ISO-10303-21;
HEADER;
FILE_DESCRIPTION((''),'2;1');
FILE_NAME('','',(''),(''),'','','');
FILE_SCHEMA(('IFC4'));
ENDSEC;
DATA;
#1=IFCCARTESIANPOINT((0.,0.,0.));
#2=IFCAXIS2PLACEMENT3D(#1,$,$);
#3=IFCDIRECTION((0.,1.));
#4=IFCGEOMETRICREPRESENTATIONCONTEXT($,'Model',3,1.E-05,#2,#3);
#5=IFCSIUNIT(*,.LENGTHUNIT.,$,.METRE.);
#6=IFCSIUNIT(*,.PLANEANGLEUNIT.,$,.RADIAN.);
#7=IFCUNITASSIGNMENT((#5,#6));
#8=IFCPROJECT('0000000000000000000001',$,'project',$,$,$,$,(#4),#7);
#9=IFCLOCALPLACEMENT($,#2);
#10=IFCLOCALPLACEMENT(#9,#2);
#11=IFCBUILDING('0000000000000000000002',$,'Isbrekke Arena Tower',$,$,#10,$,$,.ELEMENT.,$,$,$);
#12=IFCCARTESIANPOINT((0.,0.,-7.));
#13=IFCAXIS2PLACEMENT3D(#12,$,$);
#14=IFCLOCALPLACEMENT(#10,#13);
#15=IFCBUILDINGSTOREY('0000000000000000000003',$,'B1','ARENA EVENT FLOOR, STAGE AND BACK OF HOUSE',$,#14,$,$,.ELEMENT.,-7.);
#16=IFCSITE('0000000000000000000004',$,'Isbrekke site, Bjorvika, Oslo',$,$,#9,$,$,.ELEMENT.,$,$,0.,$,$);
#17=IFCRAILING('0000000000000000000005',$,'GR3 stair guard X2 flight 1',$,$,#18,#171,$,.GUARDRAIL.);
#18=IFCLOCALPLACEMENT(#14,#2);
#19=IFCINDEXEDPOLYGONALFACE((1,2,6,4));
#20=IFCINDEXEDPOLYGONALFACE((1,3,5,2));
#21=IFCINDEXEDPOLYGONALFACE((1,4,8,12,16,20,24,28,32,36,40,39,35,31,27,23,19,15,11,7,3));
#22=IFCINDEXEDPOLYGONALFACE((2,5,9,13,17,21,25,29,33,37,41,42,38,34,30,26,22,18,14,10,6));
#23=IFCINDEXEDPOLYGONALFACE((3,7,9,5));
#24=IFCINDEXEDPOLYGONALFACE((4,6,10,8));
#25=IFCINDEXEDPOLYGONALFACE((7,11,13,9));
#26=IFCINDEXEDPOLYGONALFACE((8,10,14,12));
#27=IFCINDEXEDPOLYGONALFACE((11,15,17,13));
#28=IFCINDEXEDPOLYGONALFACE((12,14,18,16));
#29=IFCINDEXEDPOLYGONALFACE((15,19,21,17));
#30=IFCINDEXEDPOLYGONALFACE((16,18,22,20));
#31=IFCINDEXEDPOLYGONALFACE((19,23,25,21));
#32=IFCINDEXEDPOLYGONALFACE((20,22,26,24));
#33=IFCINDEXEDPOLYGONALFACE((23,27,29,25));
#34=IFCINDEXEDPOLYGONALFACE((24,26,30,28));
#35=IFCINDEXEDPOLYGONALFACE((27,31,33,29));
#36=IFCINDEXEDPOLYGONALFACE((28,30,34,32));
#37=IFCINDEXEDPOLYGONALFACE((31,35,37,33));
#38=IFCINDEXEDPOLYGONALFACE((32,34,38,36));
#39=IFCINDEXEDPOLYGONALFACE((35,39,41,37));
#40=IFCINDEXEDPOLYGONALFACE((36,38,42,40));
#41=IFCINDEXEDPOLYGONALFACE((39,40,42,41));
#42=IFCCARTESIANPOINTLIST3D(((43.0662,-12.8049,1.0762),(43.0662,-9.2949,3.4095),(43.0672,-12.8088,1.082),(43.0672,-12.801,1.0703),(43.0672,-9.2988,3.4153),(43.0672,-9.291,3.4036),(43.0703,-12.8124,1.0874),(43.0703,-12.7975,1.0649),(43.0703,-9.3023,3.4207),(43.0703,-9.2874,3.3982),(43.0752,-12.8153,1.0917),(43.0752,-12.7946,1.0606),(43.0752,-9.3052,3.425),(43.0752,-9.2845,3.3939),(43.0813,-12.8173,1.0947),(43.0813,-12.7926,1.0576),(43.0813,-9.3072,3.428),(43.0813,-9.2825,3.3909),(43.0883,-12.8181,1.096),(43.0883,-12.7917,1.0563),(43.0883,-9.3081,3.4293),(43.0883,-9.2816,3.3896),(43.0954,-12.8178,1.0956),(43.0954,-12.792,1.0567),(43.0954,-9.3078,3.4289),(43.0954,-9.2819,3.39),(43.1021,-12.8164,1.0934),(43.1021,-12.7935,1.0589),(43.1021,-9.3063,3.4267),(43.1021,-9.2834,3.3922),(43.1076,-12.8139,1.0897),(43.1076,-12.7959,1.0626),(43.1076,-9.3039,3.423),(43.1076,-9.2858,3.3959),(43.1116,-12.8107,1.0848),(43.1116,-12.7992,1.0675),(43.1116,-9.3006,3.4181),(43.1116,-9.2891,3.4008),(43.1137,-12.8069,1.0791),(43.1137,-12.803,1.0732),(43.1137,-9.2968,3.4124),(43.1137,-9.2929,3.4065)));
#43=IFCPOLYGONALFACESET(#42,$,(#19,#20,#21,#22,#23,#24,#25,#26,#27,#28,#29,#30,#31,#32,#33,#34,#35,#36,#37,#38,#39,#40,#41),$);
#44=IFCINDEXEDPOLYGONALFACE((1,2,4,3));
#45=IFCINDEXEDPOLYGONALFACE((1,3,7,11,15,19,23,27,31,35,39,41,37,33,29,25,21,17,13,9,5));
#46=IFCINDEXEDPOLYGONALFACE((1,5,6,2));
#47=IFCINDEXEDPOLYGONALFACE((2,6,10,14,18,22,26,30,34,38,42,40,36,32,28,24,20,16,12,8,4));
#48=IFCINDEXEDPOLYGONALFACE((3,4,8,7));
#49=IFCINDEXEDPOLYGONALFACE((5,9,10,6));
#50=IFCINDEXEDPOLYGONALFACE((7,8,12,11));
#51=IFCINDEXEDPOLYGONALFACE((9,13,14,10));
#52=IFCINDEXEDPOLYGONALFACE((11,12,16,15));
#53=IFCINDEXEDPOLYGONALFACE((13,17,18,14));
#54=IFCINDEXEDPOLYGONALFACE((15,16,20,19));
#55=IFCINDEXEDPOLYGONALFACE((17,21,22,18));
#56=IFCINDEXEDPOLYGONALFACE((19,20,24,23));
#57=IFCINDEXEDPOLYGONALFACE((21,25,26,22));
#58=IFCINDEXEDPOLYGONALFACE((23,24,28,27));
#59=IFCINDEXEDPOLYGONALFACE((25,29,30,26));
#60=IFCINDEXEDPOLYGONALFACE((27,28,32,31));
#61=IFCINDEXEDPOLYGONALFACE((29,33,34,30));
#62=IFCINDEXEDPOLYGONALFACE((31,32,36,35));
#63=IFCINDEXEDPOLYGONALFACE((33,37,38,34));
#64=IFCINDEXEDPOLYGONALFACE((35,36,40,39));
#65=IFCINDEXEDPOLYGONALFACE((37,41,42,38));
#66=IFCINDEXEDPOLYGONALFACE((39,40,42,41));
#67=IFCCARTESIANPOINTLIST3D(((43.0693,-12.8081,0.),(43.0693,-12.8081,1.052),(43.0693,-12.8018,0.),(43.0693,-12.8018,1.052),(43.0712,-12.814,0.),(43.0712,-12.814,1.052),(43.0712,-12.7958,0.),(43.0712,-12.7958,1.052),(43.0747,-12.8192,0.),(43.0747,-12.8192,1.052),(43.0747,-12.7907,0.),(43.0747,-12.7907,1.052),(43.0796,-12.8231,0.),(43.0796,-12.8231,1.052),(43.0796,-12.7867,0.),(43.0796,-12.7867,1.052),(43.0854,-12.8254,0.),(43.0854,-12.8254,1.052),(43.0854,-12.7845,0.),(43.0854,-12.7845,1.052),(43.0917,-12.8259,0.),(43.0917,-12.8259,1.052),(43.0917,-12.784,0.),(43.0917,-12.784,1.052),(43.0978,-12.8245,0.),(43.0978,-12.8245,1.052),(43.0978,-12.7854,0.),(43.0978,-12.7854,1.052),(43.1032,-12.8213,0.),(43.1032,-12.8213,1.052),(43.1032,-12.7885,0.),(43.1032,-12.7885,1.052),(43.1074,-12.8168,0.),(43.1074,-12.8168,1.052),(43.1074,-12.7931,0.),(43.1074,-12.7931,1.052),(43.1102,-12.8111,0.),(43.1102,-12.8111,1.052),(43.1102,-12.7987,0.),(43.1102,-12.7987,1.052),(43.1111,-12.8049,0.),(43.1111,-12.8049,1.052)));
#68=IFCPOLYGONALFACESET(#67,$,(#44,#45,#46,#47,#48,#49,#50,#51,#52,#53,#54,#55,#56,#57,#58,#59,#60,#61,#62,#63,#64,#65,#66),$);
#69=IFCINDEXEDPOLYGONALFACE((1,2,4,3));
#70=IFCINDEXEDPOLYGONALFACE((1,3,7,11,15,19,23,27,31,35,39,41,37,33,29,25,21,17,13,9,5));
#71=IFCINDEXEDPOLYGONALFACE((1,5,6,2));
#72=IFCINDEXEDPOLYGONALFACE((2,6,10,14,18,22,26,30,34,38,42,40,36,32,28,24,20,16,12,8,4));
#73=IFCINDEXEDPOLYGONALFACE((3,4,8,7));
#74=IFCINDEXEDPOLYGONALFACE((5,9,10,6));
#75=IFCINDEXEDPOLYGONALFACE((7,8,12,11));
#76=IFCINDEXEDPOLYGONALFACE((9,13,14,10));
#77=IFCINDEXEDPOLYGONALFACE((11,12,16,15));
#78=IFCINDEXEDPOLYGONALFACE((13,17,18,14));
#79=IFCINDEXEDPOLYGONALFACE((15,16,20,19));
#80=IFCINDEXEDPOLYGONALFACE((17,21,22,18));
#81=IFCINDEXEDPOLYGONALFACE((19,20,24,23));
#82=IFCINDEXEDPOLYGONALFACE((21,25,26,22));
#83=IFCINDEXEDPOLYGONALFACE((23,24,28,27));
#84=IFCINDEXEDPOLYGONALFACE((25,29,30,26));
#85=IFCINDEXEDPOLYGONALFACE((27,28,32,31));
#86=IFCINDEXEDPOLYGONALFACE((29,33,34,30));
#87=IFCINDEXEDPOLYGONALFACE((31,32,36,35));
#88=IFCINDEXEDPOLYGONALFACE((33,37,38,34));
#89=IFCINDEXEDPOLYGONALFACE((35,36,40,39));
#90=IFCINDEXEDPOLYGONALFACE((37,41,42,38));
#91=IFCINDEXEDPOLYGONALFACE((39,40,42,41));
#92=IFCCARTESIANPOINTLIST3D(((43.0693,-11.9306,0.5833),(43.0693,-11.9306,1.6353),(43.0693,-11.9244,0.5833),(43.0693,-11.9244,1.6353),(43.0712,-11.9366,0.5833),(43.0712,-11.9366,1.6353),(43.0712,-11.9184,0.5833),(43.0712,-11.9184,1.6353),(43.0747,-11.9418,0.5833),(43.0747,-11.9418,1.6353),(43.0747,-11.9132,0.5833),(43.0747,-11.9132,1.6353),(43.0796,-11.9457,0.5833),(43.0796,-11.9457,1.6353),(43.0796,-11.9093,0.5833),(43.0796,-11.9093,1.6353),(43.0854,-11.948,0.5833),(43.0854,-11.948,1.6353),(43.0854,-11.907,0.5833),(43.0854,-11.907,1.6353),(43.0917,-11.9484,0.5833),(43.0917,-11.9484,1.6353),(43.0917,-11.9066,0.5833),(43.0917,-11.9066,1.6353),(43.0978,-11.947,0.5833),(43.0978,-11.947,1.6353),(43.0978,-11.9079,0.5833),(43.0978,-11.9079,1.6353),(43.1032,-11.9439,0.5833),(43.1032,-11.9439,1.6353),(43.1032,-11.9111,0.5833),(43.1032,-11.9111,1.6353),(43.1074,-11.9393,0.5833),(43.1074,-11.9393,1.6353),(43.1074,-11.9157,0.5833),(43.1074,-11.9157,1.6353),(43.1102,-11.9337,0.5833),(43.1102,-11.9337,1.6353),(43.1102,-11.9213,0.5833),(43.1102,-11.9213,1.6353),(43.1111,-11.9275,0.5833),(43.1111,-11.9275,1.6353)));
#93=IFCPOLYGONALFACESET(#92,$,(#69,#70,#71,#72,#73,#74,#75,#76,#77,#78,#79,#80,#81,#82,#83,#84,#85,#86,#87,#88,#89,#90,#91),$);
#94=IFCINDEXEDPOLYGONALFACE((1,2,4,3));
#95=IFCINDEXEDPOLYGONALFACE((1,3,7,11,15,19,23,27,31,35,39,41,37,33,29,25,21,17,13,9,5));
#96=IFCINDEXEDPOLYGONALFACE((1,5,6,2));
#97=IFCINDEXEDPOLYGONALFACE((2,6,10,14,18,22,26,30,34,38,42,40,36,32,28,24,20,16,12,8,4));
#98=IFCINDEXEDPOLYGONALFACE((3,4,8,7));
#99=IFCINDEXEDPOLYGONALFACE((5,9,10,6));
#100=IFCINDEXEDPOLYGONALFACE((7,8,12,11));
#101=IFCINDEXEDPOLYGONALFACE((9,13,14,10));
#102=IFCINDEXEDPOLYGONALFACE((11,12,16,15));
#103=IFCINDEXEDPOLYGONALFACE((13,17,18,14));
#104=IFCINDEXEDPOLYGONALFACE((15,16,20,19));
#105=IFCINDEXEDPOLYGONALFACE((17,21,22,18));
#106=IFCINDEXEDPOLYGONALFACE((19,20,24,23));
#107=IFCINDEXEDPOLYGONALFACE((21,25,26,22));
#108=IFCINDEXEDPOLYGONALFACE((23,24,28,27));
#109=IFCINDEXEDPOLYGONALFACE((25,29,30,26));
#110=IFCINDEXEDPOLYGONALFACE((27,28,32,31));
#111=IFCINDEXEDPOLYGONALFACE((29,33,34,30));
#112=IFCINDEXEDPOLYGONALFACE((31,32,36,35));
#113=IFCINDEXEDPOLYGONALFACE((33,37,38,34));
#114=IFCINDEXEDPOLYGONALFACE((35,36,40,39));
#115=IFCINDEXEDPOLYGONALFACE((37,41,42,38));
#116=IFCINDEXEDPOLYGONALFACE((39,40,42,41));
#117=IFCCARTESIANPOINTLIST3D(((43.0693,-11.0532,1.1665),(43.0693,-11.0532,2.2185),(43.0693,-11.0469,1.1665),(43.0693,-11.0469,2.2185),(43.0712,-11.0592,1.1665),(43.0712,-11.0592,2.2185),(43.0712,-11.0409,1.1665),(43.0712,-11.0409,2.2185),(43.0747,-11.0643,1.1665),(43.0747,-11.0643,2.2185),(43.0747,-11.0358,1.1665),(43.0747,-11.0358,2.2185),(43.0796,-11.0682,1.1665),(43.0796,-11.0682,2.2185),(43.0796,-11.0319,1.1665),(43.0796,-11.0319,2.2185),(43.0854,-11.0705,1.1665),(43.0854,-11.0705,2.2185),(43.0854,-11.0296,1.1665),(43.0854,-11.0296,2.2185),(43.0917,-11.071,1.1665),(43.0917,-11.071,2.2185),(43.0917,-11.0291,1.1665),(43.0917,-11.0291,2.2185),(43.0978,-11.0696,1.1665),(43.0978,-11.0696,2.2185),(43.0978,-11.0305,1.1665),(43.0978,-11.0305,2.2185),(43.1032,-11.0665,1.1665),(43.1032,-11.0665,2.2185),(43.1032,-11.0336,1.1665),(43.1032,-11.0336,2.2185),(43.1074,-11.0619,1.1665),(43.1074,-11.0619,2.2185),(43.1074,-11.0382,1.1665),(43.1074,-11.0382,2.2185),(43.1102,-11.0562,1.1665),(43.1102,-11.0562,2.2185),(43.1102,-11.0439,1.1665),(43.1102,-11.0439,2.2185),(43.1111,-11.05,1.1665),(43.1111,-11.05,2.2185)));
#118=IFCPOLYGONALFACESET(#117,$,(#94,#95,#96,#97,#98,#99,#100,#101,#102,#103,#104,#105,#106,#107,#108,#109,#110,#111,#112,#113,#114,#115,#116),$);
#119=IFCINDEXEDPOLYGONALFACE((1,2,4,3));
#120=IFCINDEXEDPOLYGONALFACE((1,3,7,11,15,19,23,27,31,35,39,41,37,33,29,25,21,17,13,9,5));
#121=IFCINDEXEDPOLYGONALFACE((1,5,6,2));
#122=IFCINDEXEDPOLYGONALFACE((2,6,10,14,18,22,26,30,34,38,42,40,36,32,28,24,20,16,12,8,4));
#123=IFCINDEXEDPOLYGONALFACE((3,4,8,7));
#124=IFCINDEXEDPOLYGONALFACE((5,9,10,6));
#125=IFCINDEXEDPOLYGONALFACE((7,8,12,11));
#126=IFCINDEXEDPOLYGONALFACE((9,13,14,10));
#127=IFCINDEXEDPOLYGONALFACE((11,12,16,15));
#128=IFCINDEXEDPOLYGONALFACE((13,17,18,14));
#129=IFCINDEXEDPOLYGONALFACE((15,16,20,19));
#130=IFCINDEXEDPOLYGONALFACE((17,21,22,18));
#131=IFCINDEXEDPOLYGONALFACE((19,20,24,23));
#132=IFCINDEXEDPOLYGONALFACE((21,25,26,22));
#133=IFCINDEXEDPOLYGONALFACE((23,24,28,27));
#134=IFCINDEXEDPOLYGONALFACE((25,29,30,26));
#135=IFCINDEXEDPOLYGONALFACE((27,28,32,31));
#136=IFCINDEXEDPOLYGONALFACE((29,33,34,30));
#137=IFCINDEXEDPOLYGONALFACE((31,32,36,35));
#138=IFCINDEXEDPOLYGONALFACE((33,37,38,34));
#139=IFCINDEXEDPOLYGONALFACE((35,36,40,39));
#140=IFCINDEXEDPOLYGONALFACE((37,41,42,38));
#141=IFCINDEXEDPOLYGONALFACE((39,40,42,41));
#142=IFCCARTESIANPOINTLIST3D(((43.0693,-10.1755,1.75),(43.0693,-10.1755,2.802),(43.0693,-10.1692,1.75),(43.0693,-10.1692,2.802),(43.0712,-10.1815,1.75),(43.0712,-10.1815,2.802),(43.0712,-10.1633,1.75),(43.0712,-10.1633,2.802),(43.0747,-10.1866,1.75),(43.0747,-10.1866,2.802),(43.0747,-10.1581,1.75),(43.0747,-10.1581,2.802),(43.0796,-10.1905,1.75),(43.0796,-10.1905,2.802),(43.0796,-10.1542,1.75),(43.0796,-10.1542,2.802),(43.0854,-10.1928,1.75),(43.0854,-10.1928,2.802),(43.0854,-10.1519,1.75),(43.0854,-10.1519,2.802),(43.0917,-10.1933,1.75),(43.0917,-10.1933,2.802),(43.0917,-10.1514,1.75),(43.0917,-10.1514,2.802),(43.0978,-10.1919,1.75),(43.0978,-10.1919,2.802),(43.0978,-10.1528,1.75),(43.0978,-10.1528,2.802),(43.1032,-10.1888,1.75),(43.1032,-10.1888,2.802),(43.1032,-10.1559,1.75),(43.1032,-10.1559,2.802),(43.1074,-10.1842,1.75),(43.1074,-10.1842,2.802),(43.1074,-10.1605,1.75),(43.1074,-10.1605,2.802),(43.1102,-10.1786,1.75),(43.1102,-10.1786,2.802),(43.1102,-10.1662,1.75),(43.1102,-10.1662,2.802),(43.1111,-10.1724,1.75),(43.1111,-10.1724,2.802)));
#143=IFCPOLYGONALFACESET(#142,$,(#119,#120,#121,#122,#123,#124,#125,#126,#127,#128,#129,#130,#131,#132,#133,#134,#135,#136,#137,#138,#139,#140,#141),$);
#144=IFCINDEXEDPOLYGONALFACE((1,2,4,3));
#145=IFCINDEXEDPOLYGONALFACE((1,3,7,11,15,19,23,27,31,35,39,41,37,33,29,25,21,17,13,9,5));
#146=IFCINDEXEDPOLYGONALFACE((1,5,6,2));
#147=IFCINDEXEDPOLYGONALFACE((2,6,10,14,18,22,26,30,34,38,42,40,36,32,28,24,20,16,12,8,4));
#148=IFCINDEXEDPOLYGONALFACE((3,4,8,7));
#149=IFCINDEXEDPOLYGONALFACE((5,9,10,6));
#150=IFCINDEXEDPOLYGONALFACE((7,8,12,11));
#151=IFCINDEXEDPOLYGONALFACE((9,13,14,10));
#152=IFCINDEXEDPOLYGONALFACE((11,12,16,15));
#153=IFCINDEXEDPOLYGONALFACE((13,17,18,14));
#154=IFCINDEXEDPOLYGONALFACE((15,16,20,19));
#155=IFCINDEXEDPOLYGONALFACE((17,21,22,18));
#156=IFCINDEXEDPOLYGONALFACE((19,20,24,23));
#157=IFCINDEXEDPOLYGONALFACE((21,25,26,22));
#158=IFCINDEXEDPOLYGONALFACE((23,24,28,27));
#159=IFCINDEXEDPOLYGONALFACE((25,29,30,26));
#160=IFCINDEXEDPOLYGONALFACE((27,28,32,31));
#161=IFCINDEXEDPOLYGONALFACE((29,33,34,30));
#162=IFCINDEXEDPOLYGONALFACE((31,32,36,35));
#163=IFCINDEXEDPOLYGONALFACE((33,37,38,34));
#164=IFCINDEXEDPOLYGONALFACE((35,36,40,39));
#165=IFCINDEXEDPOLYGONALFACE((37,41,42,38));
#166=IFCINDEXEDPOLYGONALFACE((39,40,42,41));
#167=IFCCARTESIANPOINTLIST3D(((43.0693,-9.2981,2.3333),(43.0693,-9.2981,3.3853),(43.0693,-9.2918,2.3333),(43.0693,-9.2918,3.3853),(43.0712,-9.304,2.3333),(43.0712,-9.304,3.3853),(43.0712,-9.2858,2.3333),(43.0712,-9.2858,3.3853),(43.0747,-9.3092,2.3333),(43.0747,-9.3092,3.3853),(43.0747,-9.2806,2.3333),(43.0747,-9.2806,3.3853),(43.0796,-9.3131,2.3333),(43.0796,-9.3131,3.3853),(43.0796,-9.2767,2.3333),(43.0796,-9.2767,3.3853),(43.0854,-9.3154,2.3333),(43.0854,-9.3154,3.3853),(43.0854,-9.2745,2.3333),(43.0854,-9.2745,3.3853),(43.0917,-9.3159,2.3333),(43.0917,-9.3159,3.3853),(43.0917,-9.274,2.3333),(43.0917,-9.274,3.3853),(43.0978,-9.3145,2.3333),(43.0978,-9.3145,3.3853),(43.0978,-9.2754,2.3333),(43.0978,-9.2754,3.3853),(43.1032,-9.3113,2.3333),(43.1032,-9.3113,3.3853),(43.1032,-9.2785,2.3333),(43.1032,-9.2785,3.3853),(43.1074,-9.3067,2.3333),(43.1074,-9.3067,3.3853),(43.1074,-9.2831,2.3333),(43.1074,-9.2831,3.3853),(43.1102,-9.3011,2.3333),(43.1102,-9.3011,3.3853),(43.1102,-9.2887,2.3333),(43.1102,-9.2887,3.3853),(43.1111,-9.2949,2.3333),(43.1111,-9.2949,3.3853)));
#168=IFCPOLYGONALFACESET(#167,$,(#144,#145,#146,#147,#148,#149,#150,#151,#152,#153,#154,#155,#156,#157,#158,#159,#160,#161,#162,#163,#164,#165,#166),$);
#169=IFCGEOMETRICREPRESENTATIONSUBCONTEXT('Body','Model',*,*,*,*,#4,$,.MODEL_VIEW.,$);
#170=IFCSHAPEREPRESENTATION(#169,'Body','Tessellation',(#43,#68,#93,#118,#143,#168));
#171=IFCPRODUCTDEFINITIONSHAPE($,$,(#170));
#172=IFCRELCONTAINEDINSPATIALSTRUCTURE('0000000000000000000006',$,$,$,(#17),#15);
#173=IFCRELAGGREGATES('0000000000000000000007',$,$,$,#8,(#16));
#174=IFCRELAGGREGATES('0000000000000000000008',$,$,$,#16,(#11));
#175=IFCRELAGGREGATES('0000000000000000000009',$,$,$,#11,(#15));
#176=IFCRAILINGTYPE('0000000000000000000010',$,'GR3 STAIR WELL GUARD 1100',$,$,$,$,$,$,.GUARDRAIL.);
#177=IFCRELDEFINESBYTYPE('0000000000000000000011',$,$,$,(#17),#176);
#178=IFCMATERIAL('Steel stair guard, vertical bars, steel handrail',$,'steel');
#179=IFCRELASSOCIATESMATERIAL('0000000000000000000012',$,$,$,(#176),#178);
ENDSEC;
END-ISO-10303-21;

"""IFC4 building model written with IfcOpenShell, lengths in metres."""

from ifc_helpers import new_model, si_unit, direction, frame, origin, origin_2d, place, context, subcontext, project, spatial, circle, extrude, material, type_object, element, save


model = new_model("IFC4")

# Units and contexts
model_context = context("Model", 3, precision=1e-05, world=origin(), true_north=direction((0.0, 1.0)))
body_context = subcontext(model_context, "Body", "Model", "MODEL_VIEW")
ifc_project = project(units=[si_unit("LENGTHUNIT", "METRE"), si_unit("PLANEANGLEUNIT", "RADIAN")], contexts=[model_context])

# Site, building, storey
site_placement = place(None, origin())
site = spatial("IfcSite", under=ifc_project, at=site_placement, Name="Isbrekke site, Bjorvika, Oslo", CompositionType="ELEMENT", RefElevation=0.0)
building_placement = place(site_placement, origin())
building = spatial("IfcBuilding", under=site, at=building_placement, Name="Isbrekke Arena Tower", CompositionType="ELEMENT")
storey_placement = place(building_placement, frame((0.0, 0.0, -7.0)))
storey = spatial("IfcBuildingStorey", under=building, at=storey_placement, Name="B1", Description="ARENA EVENT FLOOR, STAGE AND BACK OF HOUSE", CompositionType="ELEMENT", Elevation=-7.0)

# Railing
ifc_material_1 = material(Name="Steel stair guard, vertical bars, steel handrail", Category="steel")
railing_type = type_object("IfcRailingType", Name="GR3 STAIR WELL GUARD 1100", PredefinedType="GUARDRAIL", material=ifc_material_1)
railing_1_placement = place(storey_placement, frame((43.0901, -12.8049, 0.0)))
element("IfcRailing", 1, at=railing_1_placement, inside=storey, type_object=railing_type, Name="GR3 stair guard X2 flight 1", PredefinedType="GUARDRAIL", context=body_context, shape_type="SweptSolid", body=[
    extrude(circle(Radius=0.0239, at=origin_2d()), frame((0.0, 0.0, 1.0762), z_axis=(0.0, 0.832789, 0.55359), x_axis=(-1.0, 0.0, 0.0)), (0.0, 0.0, 1.0), 4.2148),
    extrude(circle(Radius=0.021, at=origin_2d()), origin(), (0.0, 0.0, 1.0), 1.052),
    extrude(circle(Radius=0.021, at=origin_2d()), frame((0.0, 0.8774, 0.5833)), (0.0, 0.0, 1.0), 1.052),
    extrude(circle(Radius=0.021, at=origin_2d()), frame((0.0, 1.7549, 1.1665)), (0.0, 0.0, 1.0), 1.052),
    extrude(circle(Radius=0.021, at=origin_2d()), frame((0.0, 2.6326, 1.75)), (0.0, 0.0, 1.0), 1.052),
    extrude(circle(Radius=0.021, at=origin_2d()), frame((0.0, 3.51, 2.3333)), (0.0, 0.0, 1.0), 1.052),
])

save(model, "model.ifc")
